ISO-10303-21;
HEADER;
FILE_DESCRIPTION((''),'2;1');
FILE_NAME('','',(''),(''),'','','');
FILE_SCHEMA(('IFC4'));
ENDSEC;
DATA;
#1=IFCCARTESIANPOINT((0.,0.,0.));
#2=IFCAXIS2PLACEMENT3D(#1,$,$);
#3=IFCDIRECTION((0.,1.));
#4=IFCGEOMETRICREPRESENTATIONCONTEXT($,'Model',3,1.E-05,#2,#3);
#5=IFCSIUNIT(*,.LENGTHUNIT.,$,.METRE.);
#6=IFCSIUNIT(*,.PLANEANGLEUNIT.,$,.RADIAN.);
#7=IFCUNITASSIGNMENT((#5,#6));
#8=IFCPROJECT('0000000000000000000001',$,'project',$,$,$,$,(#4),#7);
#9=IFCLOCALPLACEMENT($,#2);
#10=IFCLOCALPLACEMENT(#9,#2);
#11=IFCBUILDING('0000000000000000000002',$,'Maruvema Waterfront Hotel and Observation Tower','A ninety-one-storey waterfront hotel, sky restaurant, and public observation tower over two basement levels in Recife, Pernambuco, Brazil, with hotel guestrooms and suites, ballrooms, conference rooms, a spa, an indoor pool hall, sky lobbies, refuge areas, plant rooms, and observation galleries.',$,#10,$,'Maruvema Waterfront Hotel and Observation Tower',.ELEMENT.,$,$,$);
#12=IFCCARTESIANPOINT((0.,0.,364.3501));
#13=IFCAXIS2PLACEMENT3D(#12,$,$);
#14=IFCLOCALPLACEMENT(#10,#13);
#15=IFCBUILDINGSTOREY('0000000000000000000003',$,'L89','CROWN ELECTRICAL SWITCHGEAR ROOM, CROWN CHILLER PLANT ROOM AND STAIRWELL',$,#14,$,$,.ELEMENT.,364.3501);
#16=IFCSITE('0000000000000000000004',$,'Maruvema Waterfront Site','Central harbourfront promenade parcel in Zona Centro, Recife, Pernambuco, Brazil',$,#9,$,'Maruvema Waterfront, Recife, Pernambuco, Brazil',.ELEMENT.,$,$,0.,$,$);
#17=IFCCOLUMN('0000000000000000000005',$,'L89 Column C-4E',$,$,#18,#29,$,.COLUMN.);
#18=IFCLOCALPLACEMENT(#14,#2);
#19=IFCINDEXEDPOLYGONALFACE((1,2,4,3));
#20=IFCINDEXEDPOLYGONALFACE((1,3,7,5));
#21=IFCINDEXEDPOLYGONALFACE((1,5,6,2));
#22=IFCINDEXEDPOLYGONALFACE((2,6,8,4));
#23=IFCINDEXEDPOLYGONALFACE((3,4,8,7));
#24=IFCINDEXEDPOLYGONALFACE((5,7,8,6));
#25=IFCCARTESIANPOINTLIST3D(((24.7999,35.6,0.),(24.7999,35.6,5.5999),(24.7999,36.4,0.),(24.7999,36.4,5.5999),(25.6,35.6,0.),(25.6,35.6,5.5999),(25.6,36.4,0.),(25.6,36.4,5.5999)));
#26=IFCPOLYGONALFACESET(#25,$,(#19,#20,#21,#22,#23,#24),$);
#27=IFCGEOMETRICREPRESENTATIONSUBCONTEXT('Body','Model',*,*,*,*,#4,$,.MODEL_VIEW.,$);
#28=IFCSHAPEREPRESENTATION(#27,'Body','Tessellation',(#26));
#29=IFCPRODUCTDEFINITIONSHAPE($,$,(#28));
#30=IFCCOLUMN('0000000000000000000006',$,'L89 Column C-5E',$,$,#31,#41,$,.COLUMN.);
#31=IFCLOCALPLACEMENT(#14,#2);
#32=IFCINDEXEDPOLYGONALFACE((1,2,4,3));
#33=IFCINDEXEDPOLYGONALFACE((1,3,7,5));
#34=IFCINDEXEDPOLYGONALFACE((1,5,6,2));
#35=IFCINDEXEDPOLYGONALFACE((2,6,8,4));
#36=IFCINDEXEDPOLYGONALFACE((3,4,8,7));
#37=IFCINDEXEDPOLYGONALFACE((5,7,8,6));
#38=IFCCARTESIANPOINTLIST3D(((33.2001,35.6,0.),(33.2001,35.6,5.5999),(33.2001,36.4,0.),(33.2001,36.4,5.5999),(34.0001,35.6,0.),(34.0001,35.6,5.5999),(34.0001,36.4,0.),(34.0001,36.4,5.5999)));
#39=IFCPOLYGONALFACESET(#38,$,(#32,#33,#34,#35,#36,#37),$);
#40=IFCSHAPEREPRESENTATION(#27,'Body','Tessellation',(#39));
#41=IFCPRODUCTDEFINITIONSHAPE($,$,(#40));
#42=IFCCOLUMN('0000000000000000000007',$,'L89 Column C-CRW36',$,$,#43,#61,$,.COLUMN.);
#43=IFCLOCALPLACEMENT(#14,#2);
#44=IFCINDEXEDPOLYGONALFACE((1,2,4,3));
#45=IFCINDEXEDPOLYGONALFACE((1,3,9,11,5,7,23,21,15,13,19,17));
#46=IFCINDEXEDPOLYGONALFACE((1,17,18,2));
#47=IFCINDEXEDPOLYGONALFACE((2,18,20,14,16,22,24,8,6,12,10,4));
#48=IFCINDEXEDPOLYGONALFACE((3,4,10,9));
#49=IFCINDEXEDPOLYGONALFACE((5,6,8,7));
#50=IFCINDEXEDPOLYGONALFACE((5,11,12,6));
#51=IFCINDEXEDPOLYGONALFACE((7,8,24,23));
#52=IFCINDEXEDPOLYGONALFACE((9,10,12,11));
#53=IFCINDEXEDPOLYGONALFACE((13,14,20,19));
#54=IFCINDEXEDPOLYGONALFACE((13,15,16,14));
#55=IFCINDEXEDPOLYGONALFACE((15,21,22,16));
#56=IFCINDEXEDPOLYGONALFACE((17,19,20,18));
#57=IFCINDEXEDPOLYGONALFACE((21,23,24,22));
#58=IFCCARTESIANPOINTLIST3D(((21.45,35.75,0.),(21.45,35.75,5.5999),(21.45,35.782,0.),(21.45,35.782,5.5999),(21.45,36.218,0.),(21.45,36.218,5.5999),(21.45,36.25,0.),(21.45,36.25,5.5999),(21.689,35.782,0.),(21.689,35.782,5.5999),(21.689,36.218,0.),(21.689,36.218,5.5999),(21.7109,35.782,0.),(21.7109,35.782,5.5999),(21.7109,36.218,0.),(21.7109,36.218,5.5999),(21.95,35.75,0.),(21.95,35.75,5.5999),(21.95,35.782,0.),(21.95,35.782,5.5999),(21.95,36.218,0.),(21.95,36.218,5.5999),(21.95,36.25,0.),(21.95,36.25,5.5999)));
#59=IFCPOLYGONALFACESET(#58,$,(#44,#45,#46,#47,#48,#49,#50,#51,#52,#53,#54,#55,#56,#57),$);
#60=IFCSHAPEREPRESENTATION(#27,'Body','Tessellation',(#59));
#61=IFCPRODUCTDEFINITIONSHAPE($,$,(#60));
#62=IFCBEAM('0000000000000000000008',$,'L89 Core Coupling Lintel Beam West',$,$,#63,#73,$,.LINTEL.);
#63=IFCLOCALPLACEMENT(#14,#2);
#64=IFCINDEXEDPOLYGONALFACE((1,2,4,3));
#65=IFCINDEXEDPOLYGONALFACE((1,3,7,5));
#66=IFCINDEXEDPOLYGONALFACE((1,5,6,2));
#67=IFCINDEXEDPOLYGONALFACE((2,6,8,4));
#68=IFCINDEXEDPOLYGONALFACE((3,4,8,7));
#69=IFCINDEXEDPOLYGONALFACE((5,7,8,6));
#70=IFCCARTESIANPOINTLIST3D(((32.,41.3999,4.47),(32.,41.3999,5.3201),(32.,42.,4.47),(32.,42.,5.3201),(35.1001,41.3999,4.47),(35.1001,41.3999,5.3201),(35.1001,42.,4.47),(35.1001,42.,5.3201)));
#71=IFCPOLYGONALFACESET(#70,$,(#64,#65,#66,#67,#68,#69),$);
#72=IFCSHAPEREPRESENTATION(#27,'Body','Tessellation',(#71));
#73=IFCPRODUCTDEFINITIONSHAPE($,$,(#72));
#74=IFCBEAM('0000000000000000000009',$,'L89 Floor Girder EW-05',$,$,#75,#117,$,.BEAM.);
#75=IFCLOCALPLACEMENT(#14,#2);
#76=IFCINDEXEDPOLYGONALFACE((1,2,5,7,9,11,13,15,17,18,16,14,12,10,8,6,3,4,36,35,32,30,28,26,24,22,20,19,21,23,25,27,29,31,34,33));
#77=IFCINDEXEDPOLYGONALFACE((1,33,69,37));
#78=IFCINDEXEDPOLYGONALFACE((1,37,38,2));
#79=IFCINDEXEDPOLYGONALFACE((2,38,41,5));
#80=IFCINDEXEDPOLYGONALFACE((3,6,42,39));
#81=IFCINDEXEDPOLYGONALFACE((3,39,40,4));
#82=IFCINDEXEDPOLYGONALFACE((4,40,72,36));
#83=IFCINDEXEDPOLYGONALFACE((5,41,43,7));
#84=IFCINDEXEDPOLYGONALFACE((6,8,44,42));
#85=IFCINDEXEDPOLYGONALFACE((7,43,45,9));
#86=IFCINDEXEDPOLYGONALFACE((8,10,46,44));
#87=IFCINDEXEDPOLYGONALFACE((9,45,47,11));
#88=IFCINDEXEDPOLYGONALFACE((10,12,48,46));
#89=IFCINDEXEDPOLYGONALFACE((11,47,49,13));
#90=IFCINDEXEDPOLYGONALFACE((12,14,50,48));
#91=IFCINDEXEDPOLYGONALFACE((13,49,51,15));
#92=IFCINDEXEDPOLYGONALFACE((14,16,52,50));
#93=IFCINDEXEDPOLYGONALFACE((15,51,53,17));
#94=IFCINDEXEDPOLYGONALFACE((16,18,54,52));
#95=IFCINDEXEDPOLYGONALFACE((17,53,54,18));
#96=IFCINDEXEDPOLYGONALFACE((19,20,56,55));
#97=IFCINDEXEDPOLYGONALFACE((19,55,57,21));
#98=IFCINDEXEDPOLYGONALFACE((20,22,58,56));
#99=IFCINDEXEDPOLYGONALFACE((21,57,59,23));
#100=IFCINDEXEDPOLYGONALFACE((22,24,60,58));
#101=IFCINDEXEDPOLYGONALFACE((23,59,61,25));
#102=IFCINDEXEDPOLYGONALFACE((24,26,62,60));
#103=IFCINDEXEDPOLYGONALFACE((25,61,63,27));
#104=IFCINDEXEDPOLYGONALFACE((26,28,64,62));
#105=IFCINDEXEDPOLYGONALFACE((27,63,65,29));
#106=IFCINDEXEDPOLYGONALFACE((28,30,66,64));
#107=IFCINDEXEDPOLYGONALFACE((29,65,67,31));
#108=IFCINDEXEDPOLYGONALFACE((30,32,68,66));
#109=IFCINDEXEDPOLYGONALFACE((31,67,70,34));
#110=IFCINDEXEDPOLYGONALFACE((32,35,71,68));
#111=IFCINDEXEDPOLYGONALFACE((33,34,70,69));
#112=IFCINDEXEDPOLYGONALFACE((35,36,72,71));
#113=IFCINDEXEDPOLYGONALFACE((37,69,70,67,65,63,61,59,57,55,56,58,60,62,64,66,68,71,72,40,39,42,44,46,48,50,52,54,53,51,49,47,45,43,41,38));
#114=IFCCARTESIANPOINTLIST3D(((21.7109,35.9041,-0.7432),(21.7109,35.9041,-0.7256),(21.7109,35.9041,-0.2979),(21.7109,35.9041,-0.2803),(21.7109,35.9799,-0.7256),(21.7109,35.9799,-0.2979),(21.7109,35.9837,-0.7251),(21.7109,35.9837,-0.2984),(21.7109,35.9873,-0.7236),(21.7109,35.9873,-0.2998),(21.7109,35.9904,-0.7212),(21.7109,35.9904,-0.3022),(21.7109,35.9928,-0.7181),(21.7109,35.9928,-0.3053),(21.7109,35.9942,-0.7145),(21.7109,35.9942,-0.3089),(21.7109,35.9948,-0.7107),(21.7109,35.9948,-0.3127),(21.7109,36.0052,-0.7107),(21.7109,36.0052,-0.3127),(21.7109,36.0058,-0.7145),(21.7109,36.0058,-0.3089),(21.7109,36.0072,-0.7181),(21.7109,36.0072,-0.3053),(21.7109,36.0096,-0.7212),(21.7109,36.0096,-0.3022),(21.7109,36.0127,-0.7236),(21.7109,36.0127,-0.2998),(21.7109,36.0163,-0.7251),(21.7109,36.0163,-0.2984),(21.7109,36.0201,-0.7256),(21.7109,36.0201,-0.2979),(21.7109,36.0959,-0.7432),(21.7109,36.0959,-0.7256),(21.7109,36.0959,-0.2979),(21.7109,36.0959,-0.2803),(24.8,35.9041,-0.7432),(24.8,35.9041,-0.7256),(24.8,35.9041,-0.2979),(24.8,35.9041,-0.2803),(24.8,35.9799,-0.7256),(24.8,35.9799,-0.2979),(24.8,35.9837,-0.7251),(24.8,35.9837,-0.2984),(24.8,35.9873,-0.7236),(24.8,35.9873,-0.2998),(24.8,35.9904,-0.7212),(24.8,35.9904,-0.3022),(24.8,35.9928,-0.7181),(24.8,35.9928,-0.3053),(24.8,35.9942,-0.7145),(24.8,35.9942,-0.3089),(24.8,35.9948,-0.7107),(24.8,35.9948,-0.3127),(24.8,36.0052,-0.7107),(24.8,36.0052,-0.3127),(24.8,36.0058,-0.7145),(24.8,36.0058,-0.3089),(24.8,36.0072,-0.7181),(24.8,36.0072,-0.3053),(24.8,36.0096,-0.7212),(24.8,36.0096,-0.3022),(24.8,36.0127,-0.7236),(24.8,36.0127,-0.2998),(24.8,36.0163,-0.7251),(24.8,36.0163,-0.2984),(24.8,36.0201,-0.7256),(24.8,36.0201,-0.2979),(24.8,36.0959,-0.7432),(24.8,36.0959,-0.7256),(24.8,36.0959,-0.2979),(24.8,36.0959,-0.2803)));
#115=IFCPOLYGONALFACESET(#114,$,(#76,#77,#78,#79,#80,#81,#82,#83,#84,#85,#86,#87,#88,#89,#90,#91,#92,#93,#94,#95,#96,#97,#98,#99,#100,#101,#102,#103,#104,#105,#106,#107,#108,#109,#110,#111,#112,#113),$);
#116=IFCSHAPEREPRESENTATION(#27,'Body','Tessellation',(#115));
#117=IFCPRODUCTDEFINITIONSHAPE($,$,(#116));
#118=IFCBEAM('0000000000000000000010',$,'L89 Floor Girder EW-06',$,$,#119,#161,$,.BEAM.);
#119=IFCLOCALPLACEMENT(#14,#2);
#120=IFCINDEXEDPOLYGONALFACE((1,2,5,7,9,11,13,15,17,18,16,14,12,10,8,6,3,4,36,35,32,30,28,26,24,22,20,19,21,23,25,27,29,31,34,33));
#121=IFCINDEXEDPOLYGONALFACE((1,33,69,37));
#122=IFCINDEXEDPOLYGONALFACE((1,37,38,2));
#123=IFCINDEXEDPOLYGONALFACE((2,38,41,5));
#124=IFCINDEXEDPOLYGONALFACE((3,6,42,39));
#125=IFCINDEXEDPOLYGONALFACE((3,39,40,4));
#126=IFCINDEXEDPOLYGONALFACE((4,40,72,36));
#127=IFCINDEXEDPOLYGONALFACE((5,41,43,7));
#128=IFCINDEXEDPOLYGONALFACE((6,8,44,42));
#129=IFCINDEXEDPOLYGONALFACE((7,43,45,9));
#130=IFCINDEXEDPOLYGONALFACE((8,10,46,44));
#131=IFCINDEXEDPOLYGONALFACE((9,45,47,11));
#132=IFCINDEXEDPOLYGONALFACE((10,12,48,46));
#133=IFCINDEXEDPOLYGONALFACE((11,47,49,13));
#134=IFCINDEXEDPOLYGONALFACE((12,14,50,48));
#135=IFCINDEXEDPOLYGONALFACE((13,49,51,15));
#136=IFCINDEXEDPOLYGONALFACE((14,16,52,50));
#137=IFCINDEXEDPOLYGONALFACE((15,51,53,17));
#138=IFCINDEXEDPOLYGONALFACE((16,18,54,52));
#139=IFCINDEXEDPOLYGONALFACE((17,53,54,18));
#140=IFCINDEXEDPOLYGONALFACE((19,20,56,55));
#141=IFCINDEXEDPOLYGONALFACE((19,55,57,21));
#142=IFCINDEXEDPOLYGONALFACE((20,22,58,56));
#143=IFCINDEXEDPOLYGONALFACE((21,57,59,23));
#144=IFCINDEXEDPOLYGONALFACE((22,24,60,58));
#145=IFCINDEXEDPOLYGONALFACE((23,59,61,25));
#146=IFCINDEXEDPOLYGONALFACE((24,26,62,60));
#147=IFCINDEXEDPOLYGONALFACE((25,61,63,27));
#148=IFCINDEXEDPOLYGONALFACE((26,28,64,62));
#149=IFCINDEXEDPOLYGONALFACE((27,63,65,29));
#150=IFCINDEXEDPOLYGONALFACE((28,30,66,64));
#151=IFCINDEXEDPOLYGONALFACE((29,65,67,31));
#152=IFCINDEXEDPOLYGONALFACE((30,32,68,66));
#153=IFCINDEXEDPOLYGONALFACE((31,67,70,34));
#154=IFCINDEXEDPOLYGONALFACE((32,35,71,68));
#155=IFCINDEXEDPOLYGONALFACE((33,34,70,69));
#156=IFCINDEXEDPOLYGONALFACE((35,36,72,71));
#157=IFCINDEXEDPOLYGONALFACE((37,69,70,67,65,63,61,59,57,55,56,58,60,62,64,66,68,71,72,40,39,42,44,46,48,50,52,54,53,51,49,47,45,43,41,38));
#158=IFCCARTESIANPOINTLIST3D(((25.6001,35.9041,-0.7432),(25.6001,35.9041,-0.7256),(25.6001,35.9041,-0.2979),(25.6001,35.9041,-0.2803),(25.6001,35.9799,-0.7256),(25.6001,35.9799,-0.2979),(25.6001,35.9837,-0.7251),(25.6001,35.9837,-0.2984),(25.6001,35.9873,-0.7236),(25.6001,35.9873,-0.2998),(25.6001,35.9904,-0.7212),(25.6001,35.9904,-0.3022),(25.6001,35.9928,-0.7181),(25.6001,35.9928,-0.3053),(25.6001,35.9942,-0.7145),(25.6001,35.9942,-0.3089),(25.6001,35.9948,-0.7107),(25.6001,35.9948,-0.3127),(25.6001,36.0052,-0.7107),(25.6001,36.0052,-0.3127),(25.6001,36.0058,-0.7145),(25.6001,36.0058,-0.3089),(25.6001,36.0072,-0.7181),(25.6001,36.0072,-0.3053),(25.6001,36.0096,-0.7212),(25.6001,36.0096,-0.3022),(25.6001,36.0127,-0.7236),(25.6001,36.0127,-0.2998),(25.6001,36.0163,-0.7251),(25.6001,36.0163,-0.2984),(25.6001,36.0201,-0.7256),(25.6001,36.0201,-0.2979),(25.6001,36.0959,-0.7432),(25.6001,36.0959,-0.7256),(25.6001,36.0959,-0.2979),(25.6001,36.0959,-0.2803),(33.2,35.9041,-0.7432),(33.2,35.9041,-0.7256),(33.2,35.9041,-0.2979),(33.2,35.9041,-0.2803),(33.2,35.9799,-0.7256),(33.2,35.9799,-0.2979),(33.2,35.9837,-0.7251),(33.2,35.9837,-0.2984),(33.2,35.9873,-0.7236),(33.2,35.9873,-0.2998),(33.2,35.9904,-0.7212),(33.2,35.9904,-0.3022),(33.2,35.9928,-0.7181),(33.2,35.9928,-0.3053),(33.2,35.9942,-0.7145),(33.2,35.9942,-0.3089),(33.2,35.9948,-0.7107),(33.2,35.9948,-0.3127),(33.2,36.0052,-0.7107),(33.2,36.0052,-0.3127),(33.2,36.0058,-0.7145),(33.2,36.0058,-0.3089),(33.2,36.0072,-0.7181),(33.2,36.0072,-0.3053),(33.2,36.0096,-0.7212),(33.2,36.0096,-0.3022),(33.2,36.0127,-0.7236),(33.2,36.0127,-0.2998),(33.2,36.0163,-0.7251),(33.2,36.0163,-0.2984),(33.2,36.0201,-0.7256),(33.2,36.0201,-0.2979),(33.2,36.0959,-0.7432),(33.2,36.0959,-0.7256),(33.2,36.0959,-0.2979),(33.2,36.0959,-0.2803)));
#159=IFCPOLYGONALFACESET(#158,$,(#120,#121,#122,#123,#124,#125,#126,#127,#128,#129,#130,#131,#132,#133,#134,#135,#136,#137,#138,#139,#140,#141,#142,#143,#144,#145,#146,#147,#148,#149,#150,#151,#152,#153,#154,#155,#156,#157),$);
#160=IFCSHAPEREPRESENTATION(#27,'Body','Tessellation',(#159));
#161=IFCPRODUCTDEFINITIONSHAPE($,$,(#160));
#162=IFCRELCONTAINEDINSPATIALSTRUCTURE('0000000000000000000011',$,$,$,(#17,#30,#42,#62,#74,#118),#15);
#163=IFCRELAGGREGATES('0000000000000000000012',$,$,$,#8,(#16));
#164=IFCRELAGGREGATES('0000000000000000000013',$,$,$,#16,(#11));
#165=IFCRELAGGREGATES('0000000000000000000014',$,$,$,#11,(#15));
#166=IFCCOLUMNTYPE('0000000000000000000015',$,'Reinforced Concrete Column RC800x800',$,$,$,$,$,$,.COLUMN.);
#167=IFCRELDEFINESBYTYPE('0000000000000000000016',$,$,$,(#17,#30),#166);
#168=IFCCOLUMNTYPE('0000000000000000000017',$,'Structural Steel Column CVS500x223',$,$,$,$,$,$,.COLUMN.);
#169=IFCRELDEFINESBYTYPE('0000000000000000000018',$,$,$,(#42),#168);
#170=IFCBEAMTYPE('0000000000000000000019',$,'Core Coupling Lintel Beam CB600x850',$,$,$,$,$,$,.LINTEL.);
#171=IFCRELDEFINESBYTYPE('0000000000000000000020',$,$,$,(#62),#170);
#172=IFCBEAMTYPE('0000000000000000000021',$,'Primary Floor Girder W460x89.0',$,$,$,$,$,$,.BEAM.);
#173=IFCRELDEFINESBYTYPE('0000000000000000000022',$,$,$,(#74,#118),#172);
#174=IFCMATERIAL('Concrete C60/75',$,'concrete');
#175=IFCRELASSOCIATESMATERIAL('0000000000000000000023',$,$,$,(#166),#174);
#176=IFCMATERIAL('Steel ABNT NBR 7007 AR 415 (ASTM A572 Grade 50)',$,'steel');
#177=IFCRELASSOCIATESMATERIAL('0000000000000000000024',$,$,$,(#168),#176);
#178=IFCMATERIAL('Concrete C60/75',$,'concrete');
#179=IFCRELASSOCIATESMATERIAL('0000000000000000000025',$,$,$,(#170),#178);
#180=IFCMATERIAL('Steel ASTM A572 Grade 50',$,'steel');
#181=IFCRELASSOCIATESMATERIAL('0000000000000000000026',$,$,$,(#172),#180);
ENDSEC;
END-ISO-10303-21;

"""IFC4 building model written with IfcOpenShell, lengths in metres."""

from ifc_helpers import new_model, si_unit, direction, frame, origin, origin_2d, place, context, subcontext, project, spatial, rectangle, i_section, extrude, material, material_profile, profile_set, type_object, element, save


model = new_model("IFC4")

# Units and contexts
model_context = context("Model", 3, precision=1e-05, world=origin(), true_north=direction((0.0, 1.0)))
body_context = subcontext(model_context, "Body", "Model", "MODEL_VIEW")
ifc_project = project(units=[si_unit("LENGTHUNIT", "METRE"), si_unit("PLANEANGLEUNIT", "RADIAN")], contexts=[model_context])

# Site, building, storey
site_placement = place(None, origin())
site = spatial("IfcSite", under=ifc_project, at=site_placement, Name="Maruvema Waterfront Site", Description="Central harbourfront promenade parcel in Zona Centro, Recife, Pernambuco, Brazil", LongName="Maruvema Waterfront, Recife, Pernambuco, Brazil", CompositionType="ELEMENT", RefElevation=0.0)
building_placement = place(site_placement, origin())
building = spatial("IfcBuilding", under=site, at=building_placement, Name="Maruvema Waterfront Hotel and Observation Tower", Description="A ninety-one-storey waterfront hotel, sky restaurant, and public observation tower over two basement levels in Recife, Pernambuco, Brazil, with hotel guestrooms and suites, ballrooms, conference rooms, a spa, an indoor pool hall, sky lobbies, refuge areas, plant rooms, and observation galleries.", LongName="Maruvema Waterfront Hotel and Observation Tower", CompositionType="ELEMENT")
storey_placement = place(building_placement, frame((0.0, 0.0, 364.3501)))
storey = spatial("IfcBuildingStorey", under=building, at=storey_placement, Name="L89", Description="CROWN ELECTRICAL SWITCHGEAR ROOM, CROWN CHILLER PLANT ROOM AND STAIRWELL", CompositionType="ELEMENT", Elevation=364.3501)

# Columns
ifc_material_1 = material(Name="Concrete C60/75", Category="concrete")
ifc_material_profile_1 = material_profile(ifc_material_1, rectangle(XDim=0.8, YDim=0.8, at=origin_2d()), Name="RC800x800")
ifc_profile_set_1 = profile_set([ifc_material_profile_1], Name="Concrete C60/75")
column_type_1 = type_object("IfcColumnType", Name="Reinforced Concrete Column RC800x800", PredefinedType="COLUMN", material=ifc_profile_set_1)
for number, where, z_axis, x_axis, name in (
    (1, (25.2, 36.0, 0.0), (0.0, 0.0, 1.0), (1.0, 0.0, 0.0), "L89 Column C-4E"),
    (2, (33.6001, 36.0, 0.0), (0.0, 0.0, 1.0), (1.0, 0.0, 0.0), "L89 Column C-5E"),
):
    element("IfcColumn", number, at=place(storey_placement, frame(where, z_axis=z_axis, x_axis=x_axis)), inside=storey, type_object=column_type_1, Name=name, PredefinedType="COLUMN", context=body_context, shape_type="SweptSolid", body=[
        extrude(rectangle(XDim=0.8, YDim=0.8, at=origin_2d()), origin(), (0.0, 0.0, 1.0), 5.5999),
    ])
ifc_material_2 = material(Name="Steel ABNT NBR 7007 AR 415 (ASTM A572 Grade 50)", Category="steel")
ifc_material_profile_2 = material_profile(ifc_material_2, i_section(OverallWidth=0.5, OverallDepth=0.5, WebThickness=0.022, FlangeThickness=0.032, at=origin_2d()), Name="CVS500x223")
ifc_profile_set_2 = profile_set([ifc_material_profile_2], Name="Steel ABNT NBR 7007 AR 415 (ASTM A572 Grade 50)")
column_type_2 = type_object("IfcColumnType", Name="Structural Steel Column CVS500x223", PredefinedType="COLUMN", material=ifc_profile_set_2)
column_placement = place(storey_placement, frame((21.7, 36.0, 0.0), z_axis=(0.0, 0.0, 1.0), x_axis=(1.0, 0.0, 0.0)))
element("IfcColumn", 3, at=column_placement, inside=storey, type_object=column_type_2, Name="L89 Column C-CRW36", PredefinedType="COLUMN", context=body_context, shape_type="SweptSolid", body=[
    extrude(i_section(OverallWidth=0.5, OverallDepth=0.5, WebThickness=0.022, FlangeThickness=0.032, at=origin_2d()), origin(), (0.0, 0.0, 1.0), 5.5999),
])

# Beams
ifc_material_3 = material(Name="Concrete C60/75", Category="concrete")
ifc_material_profile_3 = material_profile(ifc_material_3, rectangle(XDim=0.6001, YDim=0.8501, at=origin_2d()), Name="CB600x850")
ifc_profile_set_3 = profile_set([ifc_material_profile_3], Name="Concrete C60/75")
beam_type_1 = type_object("IfcBeamType", Name="Core Coupling Lintel Beam CB600x850", PredefinedType="LINTEL", material=ifc_profile_set_3)
beam_1_placement = place(storey_placement, frame((32.0, 41.7, 4.895), z_axis=(1.0, 0.0, 0.0), x_axis=(0.0, 1.0, 0.0)))
element("IfcBeam", 4, at=beam_1_placement, inside=storey, type_object=beam_type_1, Name="L89 Core Coupling Lintel Beam West", PredefinedType="LINTEL", context=body_context, shape_type="SweptSolid", body=[
    extrude(rectangle(XDim=0.6001, YDim=0.8501, at=origin_2d()), origin(), (0.0, 0.0, 1.0), 3.1001),
])
ifc_material_4 = material(Name="Steel ASTM A572 Grade 50", Category="steel")
ifc_material_profile_4 = material_profile(ifc_material_4, i_section(OverallWidth=0.1919, OverallDepth=0.4629, WebThickness=0.0105, FlangeThickness=0.0176, FilletRadius=0.0149, at=origin_2d()), Name="W460x89.0")
ifc_profile_set_4 = profile_set([ifc_material_profile_4], Name="Steel ASTM A572 Grade 50")
beam_type_2 = type_object("IfcBeamType", Name="Primary Floor Girder W460x89.0", PredefinedType="BEAM", material=ifc_profile_set_4)
beam_2_placement = place(storey_placement, frame((21.7109, 36.0, -0.5117), z_axis=(1.0, 0.0, 0.0), x_axis=(0.0, 1.0, 0.0)))
element("IfcBeam", 5, at=beam_2_placement, inside=storey, type_object=beam_type_2, Name="L89 Floor Girder EW-05", PredefinedType="BEAM", context=body_context, shape_type="SweptSolid", body=[
    extrude(i_section(OverallWidth=0.1919, OverallDepth=0.4629, WebThickness=0.0105, FlangeThickness=0.0176, FilletRadius=0.0149, at=origin_2d()), origin(), (0.0, 0.0, 1.0), 3.0891),
])
beam_3_placement = place(storey_placement, frame((25.6001, 36.0, -0.5117), z_axis=(1.0, 0.0, 0.0), x_axis=(0.0, 1.0, 0.0)))
element("IfcBeam", 6, at=beam_3_placement, inside=storey, type_object=beam_type_2, Name="L89 Floor Girder EW-06", PredefinedType="BEAM", context=body_context, shape_type="SweptSolid", body=[
    extrude(i_section(OverallWidth=0.1919, OverallDepth=0.4629, WebThickness=0.0105, FlangeThickness=0.0176, FilletRadius=0.0149, at=origin_2d()), origin(), (0.0, 0.0, 1.0), 7.5999),
])

save(model, "model.ifc")
